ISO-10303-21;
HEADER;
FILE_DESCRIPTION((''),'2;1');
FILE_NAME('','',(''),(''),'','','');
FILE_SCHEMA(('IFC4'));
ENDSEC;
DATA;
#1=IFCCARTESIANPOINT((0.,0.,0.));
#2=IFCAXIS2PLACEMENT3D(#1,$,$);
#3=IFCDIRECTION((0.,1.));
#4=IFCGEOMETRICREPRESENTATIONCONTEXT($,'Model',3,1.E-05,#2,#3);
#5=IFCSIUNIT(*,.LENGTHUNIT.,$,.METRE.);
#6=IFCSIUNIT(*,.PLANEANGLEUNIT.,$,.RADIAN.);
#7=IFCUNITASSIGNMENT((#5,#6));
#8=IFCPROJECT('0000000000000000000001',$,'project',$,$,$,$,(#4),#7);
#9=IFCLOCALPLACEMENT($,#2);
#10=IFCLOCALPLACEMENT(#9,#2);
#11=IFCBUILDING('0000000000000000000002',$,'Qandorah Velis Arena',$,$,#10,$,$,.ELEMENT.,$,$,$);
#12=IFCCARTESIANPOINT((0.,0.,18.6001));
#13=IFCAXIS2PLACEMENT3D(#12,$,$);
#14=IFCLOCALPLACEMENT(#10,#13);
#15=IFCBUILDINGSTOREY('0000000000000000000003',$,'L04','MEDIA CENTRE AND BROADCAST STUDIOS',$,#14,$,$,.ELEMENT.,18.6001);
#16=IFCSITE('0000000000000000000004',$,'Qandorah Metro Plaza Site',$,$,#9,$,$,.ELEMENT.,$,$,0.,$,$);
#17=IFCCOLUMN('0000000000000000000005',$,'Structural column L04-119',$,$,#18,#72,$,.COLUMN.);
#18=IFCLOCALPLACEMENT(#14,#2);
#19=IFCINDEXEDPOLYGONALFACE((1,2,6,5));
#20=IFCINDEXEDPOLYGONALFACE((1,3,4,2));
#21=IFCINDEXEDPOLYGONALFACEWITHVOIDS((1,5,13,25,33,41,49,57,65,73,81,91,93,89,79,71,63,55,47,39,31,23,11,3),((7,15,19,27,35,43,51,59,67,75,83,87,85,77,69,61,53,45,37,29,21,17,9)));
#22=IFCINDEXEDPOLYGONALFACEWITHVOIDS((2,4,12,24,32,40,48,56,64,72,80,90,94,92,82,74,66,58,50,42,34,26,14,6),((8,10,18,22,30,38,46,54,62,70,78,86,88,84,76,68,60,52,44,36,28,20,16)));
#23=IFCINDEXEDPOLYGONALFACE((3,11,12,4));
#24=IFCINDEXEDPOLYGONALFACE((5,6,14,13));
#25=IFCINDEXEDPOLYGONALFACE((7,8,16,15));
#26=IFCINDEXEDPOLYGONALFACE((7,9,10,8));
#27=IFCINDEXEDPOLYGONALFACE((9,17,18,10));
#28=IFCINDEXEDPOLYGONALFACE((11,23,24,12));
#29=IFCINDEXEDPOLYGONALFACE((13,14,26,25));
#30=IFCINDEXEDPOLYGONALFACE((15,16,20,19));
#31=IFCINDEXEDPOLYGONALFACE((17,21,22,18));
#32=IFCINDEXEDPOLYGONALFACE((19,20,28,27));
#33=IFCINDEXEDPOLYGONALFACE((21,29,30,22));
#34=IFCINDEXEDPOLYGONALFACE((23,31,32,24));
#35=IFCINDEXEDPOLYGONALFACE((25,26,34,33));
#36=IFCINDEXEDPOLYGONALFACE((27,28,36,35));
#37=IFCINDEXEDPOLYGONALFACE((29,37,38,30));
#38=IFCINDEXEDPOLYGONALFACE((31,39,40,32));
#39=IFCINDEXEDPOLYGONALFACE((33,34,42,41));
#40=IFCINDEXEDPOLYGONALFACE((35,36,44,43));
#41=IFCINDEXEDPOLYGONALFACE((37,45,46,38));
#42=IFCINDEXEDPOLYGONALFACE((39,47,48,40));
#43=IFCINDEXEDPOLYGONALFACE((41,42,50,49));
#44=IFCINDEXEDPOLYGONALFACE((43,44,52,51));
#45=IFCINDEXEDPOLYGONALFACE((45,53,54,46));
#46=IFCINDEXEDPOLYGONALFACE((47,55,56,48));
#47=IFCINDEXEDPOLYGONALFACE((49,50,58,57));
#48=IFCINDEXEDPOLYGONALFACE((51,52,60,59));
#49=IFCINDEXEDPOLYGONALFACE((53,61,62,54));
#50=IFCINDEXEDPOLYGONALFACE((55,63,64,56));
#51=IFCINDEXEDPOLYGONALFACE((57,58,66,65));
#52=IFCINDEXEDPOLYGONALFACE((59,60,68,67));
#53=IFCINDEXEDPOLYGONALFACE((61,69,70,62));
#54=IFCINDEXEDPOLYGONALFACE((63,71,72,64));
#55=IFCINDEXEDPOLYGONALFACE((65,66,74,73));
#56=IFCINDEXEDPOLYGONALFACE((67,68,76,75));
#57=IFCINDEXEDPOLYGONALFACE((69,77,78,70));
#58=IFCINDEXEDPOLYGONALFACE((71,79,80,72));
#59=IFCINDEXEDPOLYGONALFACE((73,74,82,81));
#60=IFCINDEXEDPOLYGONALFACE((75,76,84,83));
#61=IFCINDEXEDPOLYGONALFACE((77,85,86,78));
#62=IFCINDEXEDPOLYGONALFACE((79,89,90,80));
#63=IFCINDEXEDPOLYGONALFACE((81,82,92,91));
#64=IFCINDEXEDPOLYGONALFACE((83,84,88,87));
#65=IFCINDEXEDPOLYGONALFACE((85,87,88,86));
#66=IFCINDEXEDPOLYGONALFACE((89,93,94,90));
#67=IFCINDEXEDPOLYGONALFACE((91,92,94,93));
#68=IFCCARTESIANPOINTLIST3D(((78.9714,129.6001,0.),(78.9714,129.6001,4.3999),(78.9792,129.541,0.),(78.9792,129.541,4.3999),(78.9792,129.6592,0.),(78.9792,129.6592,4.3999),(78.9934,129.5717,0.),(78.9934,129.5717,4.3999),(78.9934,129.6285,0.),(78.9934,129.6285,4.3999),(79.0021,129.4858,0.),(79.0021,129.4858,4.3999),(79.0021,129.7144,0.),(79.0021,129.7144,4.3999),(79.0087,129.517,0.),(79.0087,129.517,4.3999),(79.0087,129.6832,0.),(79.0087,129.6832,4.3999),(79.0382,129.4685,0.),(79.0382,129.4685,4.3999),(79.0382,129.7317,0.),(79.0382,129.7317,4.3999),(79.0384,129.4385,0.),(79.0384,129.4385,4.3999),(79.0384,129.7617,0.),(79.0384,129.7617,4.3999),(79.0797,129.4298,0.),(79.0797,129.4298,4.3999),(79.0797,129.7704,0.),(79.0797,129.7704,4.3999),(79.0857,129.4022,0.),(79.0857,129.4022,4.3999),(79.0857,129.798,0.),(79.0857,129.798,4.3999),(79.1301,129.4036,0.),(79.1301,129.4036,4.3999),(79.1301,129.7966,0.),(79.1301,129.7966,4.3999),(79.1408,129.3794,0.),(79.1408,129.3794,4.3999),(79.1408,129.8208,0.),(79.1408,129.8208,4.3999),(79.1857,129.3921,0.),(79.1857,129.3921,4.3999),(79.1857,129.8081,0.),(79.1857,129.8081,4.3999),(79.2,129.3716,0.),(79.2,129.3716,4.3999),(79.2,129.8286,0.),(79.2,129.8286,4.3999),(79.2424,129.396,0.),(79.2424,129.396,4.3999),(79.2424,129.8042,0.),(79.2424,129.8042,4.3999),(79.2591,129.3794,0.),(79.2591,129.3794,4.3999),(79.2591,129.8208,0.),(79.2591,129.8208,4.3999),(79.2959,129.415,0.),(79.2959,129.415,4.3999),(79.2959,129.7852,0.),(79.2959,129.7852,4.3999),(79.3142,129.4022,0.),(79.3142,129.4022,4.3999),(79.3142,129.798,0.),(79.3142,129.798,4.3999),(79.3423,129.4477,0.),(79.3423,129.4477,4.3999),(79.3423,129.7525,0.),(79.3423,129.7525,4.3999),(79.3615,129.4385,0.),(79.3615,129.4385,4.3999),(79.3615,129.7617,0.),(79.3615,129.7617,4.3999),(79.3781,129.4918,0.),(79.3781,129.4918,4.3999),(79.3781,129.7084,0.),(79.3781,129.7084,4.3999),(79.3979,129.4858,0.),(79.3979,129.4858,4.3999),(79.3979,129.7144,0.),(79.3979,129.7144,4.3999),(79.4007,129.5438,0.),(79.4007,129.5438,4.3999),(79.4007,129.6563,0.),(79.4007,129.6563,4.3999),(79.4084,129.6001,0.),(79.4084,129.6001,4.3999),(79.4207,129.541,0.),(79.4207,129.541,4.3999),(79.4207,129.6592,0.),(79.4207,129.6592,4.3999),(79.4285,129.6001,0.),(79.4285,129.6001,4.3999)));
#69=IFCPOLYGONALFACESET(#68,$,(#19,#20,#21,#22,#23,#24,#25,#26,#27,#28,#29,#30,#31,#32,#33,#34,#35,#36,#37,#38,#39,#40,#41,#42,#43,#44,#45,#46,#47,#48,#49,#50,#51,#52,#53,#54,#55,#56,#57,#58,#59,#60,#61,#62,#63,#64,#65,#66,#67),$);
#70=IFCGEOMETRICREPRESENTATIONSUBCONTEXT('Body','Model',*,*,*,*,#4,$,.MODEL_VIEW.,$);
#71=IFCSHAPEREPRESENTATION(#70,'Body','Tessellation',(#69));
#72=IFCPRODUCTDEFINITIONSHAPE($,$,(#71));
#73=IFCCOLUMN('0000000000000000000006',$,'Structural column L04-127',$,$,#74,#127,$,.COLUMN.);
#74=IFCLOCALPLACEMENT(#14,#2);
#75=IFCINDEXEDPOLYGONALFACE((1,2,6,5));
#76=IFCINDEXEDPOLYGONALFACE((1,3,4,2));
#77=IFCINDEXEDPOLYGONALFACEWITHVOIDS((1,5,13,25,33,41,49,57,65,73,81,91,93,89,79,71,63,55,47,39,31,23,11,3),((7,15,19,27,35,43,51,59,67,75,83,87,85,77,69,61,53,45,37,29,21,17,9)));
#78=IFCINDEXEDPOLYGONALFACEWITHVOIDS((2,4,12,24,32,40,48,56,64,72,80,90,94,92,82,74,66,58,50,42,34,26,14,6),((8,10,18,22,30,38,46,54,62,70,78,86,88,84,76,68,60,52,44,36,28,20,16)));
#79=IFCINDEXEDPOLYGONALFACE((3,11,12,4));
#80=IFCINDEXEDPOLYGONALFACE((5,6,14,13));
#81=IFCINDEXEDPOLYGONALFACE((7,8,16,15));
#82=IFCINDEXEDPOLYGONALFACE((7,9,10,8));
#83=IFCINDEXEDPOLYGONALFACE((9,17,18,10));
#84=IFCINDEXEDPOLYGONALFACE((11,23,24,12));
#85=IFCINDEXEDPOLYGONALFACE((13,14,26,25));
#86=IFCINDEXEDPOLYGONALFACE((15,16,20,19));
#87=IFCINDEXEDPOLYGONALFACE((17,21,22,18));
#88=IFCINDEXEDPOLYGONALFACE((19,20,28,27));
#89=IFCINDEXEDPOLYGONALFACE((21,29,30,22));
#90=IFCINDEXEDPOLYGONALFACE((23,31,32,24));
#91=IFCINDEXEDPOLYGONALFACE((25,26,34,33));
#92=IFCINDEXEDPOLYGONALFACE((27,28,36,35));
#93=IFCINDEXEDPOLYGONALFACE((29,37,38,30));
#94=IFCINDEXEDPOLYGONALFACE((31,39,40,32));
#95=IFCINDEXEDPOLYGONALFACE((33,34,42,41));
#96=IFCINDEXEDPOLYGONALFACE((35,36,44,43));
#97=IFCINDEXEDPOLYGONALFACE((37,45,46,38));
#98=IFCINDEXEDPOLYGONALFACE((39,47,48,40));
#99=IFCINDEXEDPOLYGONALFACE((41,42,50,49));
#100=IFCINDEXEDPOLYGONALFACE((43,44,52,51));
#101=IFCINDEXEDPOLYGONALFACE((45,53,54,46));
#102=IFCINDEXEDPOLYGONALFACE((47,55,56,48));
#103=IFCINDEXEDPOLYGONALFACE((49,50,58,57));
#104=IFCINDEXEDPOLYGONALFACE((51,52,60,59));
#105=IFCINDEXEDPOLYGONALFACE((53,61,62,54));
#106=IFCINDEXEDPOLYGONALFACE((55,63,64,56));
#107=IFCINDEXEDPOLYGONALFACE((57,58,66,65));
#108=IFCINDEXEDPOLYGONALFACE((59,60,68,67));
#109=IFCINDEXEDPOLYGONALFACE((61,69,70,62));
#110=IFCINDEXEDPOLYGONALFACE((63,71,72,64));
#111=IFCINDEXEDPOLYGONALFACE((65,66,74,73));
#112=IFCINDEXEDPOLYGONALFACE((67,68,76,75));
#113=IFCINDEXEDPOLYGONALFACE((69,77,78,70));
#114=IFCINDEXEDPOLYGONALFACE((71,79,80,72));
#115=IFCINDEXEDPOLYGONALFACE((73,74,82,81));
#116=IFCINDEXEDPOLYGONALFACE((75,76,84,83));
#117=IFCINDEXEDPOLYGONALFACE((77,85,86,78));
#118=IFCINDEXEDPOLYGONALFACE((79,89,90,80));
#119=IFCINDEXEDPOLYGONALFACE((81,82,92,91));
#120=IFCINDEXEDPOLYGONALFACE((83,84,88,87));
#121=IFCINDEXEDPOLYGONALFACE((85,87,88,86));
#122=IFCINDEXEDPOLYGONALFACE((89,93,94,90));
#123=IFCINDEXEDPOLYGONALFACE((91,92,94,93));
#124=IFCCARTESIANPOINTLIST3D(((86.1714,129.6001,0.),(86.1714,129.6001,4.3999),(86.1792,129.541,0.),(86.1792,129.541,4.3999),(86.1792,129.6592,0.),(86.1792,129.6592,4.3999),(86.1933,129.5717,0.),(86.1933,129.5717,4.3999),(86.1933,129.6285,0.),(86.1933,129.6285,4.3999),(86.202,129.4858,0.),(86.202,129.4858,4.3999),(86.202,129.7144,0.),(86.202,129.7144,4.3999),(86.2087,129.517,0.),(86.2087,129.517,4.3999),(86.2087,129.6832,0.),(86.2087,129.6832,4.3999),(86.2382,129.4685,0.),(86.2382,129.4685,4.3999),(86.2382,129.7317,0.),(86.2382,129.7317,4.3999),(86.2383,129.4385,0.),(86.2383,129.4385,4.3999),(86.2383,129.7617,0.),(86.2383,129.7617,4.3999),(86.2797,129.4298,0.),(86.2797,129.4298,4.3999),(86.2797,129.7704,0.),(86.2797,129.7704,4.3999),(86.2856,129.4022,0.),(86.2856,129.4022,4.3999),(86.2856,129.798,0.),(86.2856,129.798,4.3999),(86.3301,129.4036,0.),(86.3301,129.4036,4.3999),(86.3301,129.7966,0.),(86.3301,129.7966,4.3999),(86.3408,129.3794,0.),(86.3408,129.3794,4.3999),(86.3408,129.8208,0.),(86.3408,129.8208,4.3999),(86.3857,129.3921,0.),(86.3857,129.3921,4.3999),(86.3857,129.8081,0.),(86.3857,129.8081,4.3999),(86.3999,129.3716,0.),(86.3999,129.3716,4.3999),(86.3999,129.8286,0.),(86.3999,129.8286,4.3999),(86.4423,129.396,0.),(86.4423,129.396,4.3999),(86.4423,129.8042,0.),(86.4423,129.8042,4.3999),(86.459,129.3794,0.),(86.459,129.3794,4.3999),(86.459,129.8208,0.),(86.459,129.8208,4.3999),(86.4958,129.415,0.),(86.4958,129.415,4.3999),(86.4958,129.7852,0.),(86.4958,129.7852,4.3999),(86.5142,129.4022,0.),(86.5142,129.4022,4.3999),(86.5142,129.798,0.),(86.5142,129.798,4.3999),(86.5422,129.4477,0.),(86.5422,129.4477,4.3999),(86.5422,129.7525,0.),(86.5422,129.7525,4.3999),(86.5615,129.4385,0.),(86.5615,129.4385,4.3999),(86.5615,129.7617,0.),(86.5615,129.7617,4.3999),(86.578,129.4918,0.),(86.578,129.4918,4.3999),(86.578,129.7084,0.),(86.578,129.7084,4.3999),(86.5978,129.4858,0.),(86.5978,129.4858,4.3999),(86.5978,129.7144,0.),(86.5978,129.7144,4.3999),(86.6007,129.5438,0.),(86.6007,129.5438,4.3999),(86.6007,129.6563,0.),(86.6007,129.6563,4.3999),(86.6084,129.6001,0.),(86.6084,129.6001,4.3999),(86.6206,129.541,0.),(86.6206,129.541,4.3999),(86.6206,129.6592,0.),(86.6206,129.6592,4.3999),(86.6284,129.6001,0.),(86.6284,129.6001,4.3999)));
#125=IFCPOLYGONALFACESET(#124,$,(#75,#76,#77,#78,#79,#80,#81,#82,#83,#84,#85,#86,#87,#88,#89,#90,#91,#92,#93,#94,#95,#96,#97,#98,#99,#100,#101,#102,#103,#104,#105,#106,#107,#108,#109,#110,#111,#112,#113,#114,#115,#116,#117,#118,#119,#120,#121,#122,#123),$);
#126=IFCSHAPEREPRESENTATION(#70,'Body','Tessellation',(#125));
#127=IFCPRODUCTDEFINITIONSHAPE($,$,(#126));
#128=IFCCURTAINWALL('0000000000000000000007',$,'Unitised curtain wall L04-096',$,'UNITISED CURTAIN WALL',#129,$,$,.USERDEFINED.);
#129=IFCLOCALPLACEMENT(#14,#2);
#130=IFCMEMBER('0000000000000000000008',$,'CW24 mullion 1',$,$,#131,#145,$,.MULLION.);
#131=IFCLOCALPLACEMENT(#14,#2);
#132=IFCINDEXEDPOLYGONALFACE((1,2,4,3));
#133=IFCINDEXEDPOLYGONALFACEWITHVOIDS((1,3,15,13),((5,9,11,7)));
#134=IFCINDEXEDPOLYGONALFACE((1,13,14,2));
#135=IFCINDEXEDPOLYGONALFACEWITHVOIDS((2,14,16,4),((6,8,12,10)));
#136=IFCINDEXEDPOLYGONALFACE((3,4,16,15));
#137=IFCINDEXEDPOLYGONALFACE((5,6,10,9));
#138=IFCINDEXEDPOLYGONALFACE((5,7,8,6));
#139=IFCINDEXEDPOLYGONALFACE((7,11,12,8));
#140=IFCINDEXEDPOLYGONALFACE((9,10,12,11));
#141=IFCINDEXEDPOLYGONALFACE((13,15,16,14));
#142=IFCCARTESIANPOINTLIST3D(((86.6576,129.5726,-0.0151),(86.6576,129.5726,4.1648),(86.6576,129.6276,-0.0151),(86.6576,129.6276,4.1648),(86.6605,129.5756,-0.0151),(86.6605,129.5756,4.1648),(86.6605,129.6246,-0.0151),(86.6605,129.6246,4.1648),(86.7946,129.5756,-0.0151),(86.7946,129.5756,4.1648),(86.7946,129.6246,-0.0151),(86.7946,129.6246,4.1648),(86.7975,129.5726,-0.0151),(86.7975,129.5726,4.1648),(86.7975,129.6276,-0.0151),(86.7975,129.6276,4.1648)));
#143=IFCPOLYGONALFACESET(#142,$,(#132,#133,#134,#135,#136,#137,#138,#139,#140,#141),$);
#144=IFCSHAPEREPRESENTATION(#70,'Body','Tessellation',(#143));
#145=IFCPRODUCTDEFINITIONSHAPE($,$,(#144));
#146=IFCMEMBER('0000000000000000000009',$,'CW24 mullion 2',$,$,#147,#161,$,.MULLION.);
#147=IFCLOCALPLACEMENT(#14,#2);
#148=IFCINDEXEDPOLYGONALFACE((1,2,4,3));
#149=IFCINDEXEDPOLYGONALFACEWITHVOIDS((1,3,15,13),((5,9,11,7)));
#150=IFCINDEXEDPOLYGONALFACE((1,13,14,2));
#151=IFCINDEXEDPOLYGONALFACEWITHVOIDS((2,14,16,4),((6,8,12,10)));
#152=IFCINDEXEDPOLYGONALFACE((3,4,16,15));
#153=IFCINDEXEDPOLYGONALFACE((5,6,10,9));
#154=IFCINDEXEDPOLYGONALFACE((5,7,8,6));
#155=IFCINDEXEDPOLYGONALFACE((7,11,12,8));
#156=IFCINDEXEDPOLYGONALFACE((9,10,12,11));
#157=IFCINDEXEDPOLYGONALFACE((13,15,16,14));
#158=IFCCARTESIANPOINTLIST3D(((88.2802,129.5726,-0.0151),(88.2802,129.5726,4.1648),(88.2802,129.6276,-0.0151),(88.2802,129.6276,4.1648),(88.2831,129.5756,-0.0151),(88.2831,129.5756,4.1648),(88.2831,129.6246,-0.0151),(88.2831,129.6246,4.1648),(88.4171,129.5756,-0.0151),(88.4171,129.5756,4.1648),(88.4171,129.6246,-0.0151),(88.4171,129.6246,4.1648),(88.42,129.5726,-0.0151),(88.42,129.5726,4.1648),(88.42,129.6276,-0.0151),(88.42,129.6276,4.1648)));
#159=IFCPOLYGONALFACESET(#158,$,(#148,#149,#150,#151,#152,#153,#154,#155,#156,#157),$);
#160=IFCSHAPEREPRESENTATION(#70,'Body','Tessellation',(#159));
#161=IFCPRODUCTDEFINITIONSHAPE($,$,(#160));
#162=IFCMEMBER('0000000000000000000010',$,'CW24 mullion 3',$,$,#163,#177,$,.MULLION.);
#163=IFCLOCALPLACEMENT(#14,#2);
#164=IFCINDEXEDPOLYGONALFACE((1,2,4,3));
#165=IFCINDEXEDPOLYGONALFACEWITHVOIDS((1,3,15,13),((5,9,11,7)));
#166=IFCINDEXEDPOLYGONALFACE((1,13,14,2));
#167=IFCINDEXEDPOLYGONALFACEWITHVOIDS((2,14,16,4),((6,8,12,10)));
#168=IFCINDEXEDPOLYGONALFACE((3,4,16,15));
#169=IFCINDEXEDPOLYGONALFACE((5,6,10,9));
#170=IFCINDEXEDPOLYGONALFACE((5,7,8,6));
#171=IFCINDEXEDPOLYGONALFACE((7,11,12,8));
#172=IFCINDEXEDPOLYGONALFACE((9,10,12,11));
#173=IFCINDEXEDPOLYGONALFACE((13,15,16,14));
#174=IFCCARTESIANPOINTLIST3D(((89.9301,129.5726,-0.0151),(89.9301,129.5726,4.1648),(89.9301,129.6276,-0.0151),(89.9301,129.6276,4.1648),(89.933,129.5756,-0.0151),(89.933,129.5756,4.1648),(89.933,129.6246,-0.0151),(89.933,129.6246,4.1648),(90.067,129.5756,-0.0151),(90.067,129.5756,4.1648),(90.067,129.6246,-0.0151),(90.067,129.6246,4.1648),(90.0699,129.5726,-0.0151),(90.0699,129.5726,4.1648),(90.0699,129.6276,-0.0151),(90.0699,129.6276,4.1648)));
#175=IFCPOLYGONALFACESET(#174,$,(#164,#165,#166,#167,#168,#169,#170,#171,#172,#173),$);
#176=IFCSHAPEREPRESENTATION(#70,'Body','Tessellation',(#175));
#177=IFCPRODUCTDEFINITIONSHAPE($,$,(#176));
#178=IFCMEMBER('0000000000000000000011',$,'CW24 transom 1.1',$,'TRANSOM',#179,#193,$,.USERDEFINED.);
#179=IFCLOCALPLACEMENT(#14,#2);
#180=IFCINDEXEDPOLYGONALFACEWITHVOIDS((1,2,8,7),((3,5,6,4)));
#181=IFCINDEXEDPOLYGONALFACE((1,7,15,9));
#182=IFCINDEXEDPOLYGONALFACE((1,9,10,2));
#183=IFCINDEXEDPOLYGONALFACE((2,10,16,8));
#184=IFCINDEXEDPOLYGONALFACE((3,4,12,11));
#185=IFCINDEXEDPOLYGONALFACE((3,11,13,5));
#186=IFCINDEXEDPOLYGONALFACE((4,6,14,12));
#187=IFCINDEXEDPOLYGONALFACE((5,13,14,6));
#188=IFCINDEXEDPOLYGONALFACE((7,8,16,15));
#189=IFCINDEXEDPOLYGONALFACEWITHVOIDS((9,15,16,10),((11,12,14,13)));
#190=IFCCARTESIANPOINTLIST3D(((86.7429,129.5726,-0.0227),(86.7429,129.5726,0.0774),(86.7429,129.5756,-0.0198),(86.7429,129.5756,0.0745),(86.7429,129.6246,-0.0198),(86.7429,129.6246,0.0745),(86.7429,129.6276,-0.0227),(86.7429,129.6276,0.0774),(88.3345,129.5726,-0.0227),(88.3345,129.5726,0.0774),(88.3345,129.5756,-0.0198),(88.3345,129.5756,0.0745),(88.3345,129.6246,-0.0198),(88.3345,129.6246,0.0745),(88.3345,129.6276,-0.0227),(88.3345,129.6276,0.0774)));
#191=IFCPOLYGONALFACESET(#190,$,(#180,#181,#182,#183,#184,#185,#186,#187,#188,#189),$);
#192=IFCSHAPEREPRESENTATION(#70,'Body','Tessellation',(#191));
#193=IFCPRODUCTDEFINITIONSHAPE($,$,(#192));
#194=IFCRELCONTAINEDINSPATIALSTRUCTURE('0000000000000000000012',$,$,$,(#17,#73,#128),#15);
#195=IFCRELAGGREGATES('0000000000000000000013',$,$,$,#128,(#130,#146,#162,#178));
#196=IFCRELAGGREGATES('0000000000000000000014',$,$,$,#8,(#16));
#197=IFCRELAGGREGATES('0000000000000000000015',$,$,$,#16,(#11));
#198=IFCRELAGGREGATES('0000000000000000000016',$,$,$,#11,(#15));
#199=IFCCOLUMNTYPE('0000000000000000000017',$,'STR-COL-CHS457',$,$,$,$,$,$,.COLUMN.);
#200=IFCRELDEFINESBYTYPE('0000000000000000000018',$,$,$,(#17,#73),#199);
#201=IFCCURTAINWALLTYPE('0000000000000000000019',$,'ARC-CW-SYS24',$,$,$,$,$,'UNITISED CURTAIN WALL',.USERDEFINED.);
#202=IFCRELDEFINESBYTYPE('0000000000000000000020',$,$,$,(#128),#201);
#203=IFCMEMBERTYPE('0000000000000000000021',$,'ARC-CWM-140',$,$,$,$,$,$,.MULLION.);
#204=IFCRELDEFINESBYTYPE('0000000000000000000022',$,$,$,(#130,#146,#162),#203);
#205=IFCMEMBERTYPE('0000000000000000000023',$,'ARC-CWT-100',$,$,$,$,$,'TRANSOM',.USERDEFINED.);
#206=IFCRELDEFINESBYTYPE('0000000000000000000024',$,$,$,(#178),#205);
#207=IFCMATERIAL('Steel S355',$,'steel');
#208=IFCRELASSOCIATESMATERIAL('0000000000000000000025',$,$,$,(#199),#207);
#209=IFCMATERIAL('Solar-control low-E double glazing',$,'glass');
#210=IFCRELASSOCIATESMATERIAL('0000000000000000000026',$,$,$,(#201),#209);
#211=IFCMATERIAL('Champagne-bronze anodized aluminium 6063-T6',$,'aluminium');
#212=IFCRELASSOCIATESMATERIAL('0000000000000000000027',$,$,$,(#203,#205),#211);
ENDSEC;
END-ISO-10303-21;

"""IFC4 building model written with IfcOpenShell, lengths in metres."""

from ifc_helpers import new_model, si_unit, direction, frame, origin, origin_2d, place, context, subcontext, project, spatial, hollow_rectangle, hollow_circle, extrude, material, material_profile, profile_set, type_object, element, aggregate, save


model = new_model("IFC4")

# Units and contexts
model_context = context("Model", 3, precision=1e-05, world=origin(), true_north=direction((0.0, 1.0)))
body_context = subcontext(model_context, "Body", "Model", "MODEL_VIEW")
ifc_project = project(units=[si_unit("LENGTHUNIT", "METRE"), si_unit("PLANEANGLEUNIT", "RADIAN")], contexts=[model_context])

# Site, building, storey
site_placement = place(None, origin())
site = spatial("IfcSite", under=ifc_project, at=site_placement, Name="Qandorah Metro Plaza Site", CompositionType="ELEMENT", RefElevation=0.0)
building_placement = place(site_placement, origin())
building = spatial("IfcBuilding", under=site, at=building_placement, Name="Qandorah Velis Arena", CompositionType="ELEMENT")
storey_placement = place(building_placement, frame((0.0, 0.0, 18.6001)))
storey = spatial("IfcBuildingStorey", under=building, at=storey_placement, Name="L04", Description="MEDIA CENTRE AND BROADCAST STUDIOS", CompositionType="ELEMENT", Elevation=18.6001)

# Columns
ifc_material_1 = material(Name="Steel S355", Category="steel")
ifc_material_profile_1 = material_profile(ifc_material_1, hollow_circle(Radius=0.2285, WallThickness=0.02, at=origin_2d()), Name="CHS 457x20")
ifc_profile_set_1 = profile_set([ifc_material_profile_1], Name="Steel S355")
column_type = type_object("IfcColumnType", Name="STR-COL-CHS457", PredefinedType="COLUMN", material=ifc_profile_set_1)
for number, where, z_axis, x_axis, name in (
    (1, (79.2, 129.6001, 0.0), (0.0, 0.0, 1.0), (1.0, 0.0, 0.0), "Structural column L04-119"),
    (2, (86.3999, 129.6001, 0.0), (0.0, 0.0, 1.0), (1.0, 0.0, 0.0), "Structural column L04-127"),
):
    element("IfcColumn", number, at=place(storey_placement, frame(where, z_axis=z_axis, x_axis=x_axis)), inside=storey, type_object=column_type, Name=name, PredefinedType="COLUMN", context=body_context, shape_type="SweptSolid", body=[
        extrude(hollow_circle(Radius=0.2285, WallThickness=0.02, at=origin_2d()), origin(), (0.0, 0.0, 1.0), 4.3999),
    ])

# Curtain wall, members
ifc_material_2 = material(Name="Solar-control low-E double glazing", Category="glass")
curtain_wall_type = type_object("IfcCurtainWallType", Name="ARC-CW-SYS24", ElementType="UNITISED CURTAIN WALL", PredefinedType="USERDEFINED", material=ifc_material_2)
curtain_wall_placement = place(storey_placement, origin())
curtain_wall = element("IfcCurtainWall", 3, at=curtain_wall_placement, inside=storey, type_object=curtain_wall_type, Name="Unitised curtain wall L04-096", ObjectType="UNITISED CURTAIN WALL", PredefinedType="USERDEFINED")
ifc_material_3 = material(Name="Champagne-bronze anodized aluminium 6063-T6", Category="aluminium")
ifc_material_profile_2 = material_profile(ifc_material_3, hollow_rectangle(XDim=0.0549, YDim=0.1399, WallThickness=0.0029, at=origin_2d()), Name="ALU MULLION 55x140")
ifc_profile_set_2 = profile_set([ifc_material_profile_2], Name="Champagne-bronze anodized aluminium 6063-T6")
member_type_1 = type_object("IfcMemberType", Name="ARC-CWM-140", PredefinedType="MULLION", material=ifc_profile_set_2)
member_1_placement = place(storey_placement, frame((86.7275, 129.6001, -0.0151), z_axis=(0.0, 0.0, 1.0), x_axis=(0.0, 1.0, 0.0)))
member_1 = element("IfcMember", 4, at=member_1_placement, type_object=member_type_1, Name="CW24 mullion 1", PredefinedType="MULLION", context=body_context, shape_type="SweptSolid", body=[
    extrude(hollow_rectangle(XDim=0.0549, YDim=0.1399, WallThickness=0.0029, at=origin_2d()), origin(), (0.0, 0.0, 1.0), 4.1799),
])
member_2_placement = place(storey_placement, frame((88.3501, 129.6001, -0.0151), z_axis=(0.0, 0.0, 1.0), x_axis=(0.0, 1.0, 0.0)))
member_2 = element("IfcMember", 5, at=member_2_placement, type_object=member_type_1, Name="CW24 mullion 2", PredefinedType="MULLION", context=body_context, shape_type="SweptSolid", body=[
    extrude(hollow_rectangle(XDim=0.0549, YDim=0.1399, WallThickness=0.0029, at=origin_2d()), origin(), (0.0, 0.0, 1.0), 4.1799),
])
member_3_placement = place(storey_placement, frame((90.0, 129.6001, -0.0151), z_axis=(0.0, 0.0, 1.0), x_axis=(0.0, 1.0, 0.0)))
member_3 = element("IfcMember", 6, at=member_3_placement, type_object=member_type_1, Name="CW24 mullion 3", PredefinedType="MULLION", context=body_context, shape_type="SweptSolid", body=[
    extrude(hollow_rectangle(XDim=0.0549, YDim=0.1399, WallThickness=0.0029, at=origin_2d()), origin(), (0.0, 0.0, 1.0), 4.1799),
])
ifc_material_profile_3 = material_profile(ifc_material_3, hollow_rectangle(XDim=0.0549, YDim=0.1001, WallThickness=0.0029, at=origin_2d()), Name="ALU TRANSOM 55x100")
ifc_profile_set_3 = profile_set([ifc_material_profile_3], Name="Champagne-bronze anodized aluminium 6063-T6")
member_type_2 = type_object("IfcMemberType", Name="ARC-CWT-100", ElementType="TRANSOM", PredefinedType="USERDEFINED", material=ifc_profile_set_3)
member_4_placement = place(storey_placement, frame((86.7429, 129.6001, 0.0273), z_axis=(1.0, 0.0, 0.0), x_axis=(0.0, 1.0, 0.0)))
member_4 = element("IfcMember", 7, at=member_4_placement, type_object=member_type_2, Name="CW24 transom 1.1", ObjectType="TRANSOM", PredefinedType="USERDEFINED", context=body_context, shape_type="SweptSolid", body=[
    extrude(hollow_rectangle(XDim=0.0549, YDim=0.1001, WallThickness=0.0029, at=origin_2d()), origin(), (0.0, 0.0, 1.0), 1.5916),
])

aggregate(curtain_wall, [member_1, member_2, member_3, member_4])

save(model, "model.ifc")
